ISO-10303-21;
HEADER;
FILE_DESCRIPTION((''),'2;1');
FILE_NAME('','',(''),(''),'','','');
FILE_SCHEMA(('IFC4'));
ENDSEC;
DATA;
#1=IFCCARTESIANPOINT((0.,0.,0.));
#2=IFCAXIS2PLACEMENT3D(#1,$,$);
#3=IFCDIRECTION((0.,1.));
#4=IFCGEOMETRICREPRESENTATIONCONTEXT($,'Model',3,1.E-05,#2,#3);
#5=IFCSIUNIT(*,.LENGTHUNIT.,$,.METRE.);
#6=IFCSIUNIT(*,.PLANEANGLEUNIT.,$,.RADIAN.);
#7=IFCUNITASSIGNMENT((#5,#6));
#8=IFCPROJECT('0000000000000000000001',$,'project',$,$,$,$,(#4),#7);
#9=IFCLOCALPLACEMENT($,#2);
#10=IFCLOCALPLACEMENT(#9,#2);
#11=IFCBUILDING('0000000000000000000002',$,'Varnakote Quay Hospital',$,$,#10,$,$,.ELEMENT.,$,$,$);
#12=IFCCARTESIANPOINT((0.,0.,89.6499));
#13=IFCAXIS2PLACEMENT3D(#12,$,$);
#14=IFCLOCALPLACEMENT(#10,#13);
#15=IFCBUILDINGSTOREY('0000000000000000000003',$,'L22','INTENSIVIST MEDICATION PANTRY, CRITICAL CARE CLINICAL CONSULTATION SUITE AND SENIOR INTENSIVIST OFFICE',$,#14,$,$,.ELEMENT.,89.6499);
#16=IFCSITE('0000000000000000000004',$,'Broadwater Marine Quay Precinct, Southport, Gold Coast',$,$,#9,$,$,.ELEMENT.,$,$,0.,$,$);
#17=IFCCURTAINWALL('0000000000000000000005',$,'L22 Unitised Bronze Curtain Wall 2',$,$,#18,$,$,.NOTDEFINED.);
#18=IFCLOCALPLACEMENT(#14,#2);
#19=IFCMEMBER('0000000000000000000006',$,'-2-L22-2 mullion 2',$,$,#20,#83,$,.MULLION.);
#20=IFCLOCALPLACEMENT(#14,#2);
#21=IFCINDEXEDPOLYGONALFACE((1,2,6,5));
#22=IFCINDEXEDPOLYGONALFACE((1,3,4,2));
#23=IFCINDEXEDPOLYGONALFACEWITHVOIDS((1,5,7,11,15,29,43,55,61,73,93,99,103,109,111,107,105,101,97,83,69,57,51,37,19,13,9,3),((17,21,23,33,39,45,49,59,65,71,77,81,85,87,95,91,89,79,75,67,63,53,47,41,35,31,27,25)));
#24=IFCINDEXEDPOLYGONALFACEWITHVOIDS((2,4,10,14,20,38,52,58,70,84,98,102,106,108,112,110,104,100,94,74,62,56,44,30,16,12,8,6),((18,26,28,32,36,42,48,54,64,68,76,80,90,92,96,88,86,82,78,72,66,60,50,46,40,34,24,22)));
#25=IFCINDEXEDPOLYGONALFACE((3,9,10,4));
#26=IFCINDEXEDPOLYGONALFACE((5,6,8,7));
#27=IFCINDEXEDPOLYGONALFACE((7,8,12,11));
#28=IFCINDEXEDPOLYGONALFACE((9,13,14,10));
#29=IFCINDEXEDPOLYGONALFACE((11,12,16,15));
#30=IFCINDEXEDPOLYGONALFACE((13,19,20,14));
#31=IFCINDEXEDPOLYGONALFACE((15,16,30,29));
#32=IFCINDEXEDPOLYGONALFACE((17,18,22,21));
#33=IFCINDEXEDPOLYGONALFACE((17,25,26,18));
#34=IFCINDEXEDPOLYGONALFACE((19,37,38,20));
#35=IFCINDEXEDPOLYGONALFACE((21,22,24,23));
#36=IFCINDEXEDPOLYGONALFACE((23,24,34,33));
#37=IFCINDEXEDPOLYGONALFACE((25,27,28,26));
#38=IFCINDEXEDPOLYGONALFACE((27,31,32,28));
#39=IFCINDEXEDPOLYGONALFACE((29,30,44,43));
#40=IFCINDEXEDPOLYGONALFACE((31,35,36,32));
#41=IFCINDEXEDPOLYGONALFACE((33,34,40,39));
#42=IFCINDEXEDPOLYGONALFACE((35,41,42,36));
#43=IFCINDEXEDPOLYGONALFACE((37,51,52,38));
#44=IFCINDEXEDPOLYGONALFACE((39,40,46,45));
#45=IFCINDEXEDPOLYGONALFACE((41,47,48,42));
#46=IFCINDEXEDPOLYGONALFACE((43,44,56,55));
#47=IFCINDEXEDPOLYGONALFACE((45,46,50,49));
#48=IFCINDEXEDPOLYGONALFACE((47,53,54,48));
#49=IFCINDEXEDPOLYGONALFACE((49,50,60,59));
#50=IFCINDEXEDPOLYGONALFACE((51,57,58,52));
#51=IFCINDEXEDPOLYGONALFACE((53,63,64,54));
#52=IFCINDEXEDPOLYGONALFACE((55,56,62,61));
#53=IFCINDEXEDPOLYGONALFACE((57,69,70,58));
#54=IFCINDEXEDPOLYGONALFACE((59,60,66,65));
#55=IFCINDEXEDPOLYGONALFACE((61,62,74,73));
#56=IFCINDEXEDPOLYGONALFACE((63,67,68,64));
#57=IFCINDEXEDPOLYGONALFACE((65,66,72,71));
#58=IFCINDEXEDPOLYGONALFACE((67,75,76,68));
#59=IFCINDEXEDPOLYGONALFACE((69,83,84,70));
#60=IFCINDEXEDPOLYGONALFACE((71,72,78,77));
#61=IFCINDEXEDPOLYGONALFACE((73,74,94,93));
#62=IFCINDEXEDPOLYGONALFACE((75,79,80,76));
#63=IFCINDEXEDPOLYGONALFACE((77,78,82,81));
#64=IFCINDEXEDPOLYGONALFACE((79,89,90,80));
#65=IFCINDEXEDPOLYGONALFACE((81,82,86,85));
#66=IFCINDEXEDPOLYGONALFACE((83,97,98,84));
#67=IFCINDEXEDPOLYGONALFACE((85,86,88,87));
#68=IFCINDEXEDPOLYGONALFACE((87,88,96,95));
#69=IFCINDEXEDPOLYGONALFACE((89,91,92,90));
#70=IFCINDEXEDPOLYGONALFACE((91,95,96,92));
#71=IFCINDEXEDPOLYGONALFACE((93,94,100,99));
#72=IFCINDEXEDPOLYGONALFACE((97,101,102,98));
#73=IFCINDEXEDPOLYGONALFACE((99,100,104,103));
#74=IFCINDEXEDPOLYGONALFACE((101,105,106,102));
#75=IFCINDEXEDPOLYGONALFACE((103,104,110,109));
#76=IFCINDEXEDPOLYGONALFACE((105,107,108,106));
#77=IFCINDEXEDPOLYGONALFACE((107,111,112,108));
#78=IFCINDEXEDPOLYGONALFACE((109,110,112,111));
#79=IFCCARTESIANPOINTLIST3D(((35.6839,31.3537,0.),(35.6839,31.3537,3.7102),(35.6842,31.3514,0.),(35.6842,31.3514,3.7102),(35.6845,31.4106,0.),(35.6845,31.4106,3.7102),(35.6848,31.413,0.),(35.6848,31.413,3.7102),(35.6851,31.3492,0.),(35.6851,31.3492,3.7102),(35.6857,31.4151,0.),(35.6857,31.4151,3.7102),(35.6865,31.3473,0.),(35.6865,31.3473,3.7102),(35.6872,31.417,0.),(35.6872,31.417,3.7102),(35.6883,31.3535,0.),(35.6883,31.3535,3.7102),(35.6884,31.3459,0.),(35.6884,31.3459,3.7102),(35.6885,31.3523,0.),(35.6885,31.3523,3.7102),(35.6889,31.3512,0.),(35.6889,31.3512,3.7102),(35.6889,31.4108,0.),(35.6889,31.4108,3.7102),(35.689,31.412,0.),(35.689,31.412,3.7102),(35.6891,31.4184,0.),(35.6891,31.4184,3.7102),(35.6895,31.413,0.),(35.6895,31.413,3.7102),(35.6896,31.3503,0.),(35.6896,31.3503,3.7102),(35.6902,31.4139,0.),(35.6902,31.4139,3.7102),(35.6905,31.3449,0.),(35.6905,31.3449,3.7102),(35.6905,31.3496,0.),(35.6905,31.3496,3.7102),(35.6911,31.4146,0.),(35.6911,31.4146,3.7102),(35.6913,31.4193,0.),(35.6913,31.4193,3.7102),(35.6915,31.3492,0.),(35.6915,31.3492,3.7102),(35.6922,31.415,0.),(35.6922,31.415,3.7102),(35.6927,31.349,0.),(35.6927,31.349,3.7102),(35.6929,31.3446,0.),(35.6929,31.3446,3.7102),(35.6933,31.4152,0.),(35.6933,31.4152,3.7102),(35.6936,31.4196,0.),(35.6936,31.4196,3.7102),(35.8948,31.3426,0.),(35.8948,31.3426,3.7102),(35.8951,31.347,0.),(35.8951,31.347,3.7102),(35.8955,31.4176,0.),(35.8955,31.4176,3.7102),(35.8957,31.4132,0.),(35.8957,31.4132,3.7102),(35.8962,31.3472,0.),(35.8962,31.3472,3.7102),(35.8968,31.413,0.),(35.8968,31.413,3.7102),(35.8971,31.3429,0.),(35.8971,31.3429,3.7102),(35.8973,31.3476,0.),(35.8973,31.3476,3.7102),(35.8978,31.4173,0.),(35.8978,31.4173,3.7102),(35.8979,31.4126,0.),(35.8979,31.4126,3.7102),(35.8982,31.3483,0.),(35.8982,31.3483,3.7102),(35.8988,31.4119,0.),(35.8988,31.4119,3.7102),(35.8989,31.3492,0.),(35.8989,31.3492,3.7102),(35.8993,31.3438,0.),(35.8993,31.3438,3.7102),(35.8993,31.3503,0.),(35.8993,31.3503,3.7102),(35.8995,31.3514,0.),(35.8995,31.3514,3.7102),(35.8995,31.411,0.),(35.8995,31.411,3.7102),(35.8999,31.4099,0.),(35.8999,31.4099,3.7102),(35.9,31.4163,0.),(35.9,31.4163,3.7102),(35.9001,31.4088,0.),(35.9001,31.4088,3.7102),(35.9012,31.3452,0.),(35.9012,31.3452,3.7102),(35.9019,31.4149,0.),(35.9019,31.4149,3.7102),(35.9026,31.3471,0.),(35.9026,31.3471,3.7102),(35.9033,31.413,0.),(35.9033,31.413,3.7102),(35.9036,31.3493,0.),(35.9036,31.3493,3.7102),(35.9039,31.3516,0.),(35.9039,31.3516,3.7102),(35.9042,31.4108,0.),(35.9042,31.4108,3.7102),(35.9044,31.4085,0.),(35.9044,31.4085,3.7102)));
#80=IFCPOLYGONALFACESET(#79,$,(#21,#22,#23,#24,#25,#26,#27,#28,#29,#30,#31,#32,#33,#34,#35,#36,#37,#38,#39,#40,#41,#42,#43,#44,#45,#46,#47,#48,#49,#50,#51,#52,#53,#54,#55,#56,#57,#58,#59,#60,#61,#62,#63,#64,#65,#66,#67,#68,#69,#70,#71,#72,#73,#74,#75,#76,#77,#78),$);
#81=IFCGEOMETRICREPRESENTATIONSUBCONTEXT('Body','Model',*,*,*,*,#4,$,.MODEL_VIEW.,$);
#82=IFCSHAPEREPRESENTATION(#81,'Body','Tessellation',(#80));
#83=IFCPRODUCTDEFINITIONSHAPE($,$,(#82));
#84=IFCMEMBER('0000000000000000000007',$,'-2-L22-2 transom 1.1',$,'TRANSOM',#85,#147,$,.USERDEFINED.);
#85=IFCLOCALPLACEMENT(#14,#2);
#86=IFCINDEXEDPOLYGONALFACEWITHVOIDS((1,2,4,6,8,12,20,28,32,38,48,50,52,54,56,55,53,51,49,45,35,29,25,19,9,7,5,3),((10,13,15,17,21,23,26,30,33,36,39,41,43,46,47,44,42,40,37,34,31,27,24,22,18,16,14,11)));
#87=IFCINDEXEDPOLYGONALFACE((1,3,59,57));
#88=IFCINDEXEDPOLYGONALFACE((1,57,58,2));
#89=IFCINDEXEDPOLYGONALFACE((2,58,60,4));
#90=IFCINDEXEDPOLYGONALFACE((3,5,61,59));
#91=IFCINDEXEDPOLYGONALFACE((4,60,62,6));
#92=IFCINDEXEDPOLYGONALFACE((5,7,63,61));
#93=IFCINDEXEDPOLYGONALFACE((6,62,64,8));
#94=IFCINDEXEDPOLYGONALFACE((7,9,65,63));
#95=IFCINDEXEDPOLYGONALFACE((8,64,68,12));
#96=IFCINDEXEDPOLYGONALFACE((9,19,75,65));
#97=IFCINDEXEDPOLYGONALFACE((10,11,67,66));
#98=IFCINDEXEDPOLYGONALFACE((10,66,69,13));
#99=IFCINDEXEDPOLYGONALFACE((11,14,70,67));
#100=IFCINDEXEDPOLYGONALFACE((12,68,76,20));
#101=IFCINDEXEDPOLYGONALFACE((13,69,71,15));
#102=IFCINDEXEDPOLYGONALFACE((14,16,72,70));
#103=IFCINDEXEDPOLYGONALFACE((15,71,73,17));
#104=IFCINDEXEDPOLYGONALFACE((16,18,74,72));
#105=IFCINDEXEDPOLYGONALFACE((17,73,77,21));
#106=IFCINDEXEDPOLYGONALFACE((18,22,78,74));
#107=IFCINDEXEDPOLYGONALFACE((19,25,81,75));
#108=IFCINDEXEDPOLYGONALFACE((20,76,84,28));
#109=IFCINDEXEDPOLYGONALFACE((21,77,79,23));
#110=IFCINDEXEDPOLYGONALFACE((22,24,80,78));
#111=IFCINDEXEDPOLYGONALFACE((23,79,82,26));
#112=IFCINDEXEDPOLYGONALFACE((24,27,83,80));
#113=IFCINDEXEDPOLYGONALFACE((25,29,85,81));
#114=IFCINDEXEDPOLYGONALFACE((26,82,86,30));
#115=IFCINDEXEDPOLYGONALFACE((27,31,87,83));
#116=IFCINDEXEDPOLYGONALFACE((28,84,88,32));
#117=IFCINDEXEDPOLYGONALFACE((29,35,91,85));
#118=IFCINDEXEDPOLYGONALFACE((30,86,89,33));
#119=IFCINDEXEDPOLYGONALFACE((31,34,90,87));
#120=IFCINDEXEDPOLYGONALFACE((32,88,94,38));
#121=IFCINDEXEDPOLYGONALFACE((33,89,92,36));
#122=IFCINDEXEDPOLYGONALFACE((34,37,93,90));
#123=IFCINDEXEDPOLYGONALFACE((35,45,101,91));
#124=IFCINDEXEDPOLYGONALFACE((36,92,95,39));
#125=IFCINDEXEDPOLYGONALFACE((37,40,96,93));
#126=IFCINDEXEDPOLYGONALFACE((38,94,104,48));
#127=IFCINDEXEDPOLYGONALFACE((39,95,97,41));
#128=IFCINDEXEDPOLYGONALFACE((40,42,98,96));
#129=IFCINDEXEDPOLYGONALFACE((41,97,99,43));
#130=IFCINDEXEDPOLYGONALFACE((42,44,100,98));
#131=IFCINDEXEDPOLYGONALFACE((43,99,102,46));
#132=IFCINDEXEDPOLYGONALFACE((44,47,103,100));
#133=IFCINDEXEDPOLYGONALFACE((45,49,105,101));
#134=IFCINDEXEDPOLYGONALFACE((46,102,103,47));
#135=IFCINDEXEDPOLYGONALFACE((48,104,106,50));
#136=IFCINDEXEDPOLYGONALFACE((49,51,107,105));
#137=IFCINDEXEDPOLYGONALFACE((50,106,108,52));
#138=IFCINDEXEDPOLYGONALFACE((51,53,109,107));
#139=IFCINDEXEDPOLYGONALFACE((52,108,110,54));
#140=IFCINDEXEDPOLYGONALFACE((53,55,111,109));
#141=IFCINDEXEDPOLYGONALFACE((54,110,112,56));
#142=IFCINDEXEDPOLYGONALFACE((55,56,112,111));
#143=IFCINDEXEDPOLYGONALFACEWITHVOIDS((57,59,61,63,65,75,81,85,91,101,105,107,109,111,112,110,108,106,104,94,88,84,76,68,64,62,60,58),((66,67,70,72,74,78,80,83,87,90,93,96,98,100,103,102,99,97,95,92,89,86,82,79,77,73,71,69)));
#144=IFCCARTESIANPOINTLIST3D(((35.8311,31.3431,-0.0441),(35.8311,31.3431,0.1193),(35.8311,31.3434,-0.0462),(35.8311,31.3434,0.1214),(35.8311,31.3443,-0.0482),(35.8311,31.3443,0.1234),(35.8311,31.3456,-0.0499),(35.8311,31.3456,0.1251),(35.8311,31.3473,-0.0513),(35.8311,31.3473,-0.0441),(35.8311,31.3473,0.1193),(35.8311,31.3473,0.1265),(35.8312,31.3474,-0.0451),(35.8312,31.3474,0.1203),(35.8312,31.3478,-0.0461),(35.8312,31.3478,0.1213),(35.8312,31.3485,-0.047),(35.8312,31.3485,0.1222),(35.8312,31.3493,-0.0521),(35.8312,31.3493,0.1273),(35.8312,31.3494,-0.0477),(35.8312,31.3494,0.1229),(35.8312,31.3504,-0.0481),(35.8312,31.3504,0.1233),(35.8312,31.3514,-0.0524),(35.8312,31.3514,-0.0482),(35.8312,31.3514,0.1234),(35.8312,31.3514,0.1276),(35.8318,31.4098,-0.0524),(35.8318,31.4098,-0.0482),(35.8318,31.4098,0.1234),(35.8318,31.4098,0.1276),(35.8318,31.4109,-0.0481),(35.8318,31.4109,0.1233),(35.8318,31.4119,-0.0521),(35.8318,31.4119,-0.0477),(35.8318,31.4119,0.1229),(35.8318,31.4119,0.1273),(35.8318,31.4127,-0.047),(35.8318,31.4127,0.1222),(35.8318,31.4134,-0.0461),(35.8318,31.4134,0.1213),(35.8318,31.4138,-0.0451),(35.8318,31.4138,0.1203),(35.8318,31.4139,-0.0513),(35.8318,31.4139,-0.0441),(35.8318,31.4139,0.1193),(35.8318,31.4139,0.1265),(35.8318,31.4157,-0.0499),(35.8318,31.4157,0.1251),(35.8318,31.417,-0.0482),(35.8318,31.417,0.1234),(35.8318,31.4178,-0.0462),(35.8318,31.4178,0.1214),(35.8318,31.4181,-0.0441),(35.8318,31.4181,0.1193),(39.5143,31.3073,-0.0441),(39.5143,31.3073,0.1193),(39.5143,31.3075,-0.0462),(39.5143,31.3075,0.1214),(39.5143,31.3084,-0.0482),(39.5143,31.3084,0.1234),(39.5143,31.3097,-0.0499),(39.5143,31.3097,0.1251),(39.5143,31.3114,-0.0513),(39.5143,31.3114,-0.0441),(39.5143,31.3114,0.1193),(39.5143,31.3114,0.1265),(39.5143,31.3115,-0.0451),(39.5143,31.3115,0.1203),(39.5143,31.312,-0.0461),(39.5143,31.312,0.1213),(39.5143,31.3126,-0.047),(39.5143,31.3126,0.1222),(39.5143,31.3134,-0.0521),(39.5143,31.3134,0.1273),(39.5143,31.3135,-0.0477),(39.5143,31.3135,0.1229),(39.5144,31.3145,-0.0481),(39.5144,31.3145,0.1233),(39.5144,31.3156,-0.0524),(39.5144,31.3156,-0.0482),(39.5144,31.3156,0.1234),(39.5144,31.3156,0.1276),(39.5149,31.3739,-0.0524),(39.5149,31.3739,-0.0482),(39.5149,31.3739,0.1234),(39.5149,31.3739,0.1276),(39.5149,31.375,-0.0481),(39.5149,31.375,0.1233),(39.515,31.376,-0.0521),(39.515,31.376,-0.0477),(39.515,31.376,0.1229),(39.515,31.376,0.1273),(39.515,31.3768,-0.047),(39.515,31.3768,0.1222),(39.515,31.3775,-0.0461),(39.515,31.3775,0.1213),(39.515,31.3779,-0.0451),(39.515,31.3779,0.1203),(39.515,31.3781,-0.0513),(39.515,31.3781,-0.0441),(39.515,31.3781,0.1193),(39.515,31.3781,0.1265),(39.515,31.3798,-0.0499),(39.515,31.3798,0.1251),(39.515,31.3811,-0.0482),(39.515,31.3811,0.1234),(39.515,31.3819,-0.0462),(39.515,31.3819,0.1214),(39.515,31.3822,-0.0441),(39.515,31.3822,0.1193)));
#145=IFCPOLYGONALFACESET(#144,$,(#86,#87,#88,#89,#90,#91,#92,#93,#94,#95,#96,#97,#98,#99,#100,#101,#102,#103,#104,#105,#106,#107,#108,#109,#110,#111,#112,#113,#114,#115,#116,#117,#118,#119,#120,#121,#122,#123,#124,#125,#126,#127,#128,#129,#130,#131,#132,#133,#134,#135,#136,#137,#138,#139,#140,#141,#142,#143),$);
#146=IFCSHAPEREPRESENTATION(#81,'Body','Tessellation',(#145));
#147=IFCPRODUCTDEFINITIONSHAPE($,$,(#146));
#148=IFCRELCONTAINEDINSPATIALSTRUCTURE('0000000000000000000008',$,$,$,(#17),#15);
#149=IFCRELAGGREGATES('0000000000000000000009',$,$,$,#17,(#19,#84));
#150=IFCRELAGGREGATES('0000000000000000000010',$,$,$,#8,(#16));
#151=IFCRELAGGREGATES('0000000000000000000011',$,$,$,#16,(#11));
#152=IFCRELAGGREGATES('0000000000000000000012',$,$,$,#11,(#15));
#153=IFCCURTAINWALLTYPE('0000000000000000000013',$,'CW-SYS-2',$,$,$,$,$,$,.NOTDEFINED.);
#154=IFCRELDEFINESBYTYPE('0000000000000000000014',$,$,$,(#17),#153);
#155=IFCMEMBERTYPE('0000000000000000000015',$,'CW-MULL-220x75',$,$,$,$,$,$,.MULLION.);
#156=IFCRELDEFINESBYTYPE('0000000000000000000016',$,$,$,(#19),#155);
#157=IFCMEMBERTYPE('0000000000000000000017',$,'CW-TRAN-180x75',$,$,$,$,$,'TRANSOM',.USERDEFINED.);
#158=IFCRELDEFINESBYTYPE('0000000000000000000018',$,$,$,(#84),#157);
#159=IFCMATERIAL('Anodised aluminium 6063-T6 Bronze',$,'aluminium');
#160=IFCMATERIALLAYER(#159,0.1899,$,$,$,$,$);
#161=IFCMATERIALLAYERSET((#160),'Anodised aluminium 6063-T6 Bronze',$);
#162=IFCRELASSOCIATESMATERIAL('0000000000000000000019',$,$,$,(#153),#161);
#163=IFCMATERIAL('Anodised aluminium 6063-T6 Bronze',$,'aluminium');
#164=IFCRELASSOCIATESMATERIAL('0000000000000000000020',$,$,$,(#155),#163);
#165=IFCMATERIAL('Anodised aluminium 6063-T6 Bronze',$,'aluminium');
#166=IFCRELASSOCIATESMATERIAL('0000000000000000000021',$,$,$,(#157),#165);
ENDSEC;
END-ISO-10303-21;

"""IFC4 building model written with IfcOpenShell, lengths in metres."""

from ifc_helpers import new_model, si_unit, direction, frame, origin, origin_2d, place, context, subcontext, project, spatial, hollow_rectangle, extrude, material, layer, layer_set, material_profile, profile_set, type_object, element, aggregate, save


model = new_model("IFC4")

# Units and contexts
model_context = context("Model", 3, precision=1e-05, world=origin(), true_north=direction((0.0, 1.0)))
body_context = subcontext(model_context, "Body", "Model", "MODEL_VIEW")
ifc_project = project(units=[si_unit("LENGTHUNIT", "METRE"), si_unit("PLANEANGLEUNIT", "RADIAN")], contexts=[model_context])

# Site, building, storey
site_placement = place(None, origin())
site = spatial("IfcSite", under=ifc_project, at=site_placement, Name="Broadwater Marine Quay Precinct, Southport, Gold Coast", CompositionType="ELEMENT", RefElevation=0.0)
building_placement = place(site_placement, origin())
building = spatial("IfcBuilding", under=site, at=building_placement, Name="Varnakote Quay Hospital", CompositionType="ELEMENT")
storey_placement = place(building_placement, frame((0.0, 0.0, 89.6499)))
storey = spatial("IfcBuildingStorey", under=building, at=storey_placement, Name="L22", Description="INTENSIVIST MEDICATION PANTRY, CRITICAL CARE CLINICAL CONSULTATION SUITE AND SENIOR INTENSIVIST OFFICE", CompositionType="ELEMENT", Elevation=89.6499)

# Shared definitions
ifc_material_1 = material(Name="Anodised aluminium 6063-T6 Bronze", Category="aluminium")
ifc_layer_1 = layer(ifc_material_1, 0.1899)
ifc_layer_set_1 = layer_set([ifc_layer_1], Name="Anodised aluminium 6063-T6 Bronze")
curtain_wall_type = type_object("IfcCurtainWallType", Name="CW-SYS-2", PredefinedType="NOTDEFINED", material=ifc_layer_set_1)
ifc_material_2 = material(Name="Anodised aluminium 6063-T6 Bronze", Category="aluminium")
ifc_material_profile_1 = material_profile(ifc_material_2, hollow_rectangle(XDim=0.075, YDim=0.22, WallThickness=0.0044, InnerFilletRadius=0.0044, OuterFilletRadius=0.009, at=origin_2d()), Name="CW-MULL-220x75")
ifc_profile_set_1 = profile_set([ifc_material_profile_1], Name="Anodised aluminium 6063-T6 Bronze")
member_type_1 = type_object("IfcMemberType", Name="CW-MULL-220x75", PredefinedType="MULLION", material=ifc_profile_set_1)

# Curtain wall, members
curtain_wall_1_placement = place(storey_placement, origin())
curtain_wall_1 = element("IfcCurtainWall", 1, at=curtain_wall_1_placement, inside=storey, type_object=curtain_wall_type, Name="L22 Unitised Bronze Curtain Wall 2", PredefinedType="NOTDEFINED")
member_1_placement = place(storey_placement, frame((35.7942, 31.3811, 0.0), z_axis=(0.0, 0.0, 1.0), x_axis=(-0.009774, -0.999952, 0.0)))
member_1 = element("IfcMember", 2, at=member_1_placement, type_object=member_type_1, Name="-2-L22-2 mullion 2", PredefinedType="MULLION", context=body_context, shape_type="SweptSolid", body=[
    extrude(hollow_rectangle(XDim=0.075, YDim=0.22, WallThickness=0.0044, InnerFilletRadius=0.0044, OuterFilletRadius=0.009, at=origin_2d()), origin(), (0.0, 0.0, 1.0), 3.7102),
])
ifc_material_3 = material(Name="Anodised aluminium 6063-T6 Bronze", Category="aluminium")
ifc_material_profile_2 = material_profile(ifc_material_3, hollow_rectangle(XDim=0.075, YDim=0.1799, WallThickness=0.0042, InnerFilletRadius=0.0042, OuterFilletRadius=0.0083, at=origin_2d()), Name="CW-TRAN-180x75")
ifc_profile_set_2 = profile_set([ifc_material_profile_2], Name="Anodised aluminium 6063-T6 Bronze")
member_type_2 = type_object("IfcMemberType", Name="CW-TRAN-180x75", ElementType="TRANSOM", PredefinedType="USERDEFINED", material=ifc_profile_set_2)
member_2_placement = place(storey_placement, frame((39.5146, 31.3447, 0.0376), z_axis=(-0.999953, 0.009744, 0.0), x_axis=(-0.009744, -0.999953, 0.0)))
member_2 = element("IfcMember", 3, at=member_2_placement, type_object=member_type_2, Name="-2-L22-2 transom 1.1", ObjectType="TRANSOM", PredefinedType="USERDEFINED", context=body_context, shape_type="SweptSolid", body=[
    extrude(hollow_rectangle(XDim=0.075, YDim=0.1799, WallThickness=0.0042, InnerFilletRadius=0.0042, OuterFilletRadius=0.0083, at=origin_2d()), origin(), (0.0, 0.0, 1.0), 3.6833),
])

aggregate(curtain_wall_1, [member_1, member_2])

save(model, "model.ifc")
